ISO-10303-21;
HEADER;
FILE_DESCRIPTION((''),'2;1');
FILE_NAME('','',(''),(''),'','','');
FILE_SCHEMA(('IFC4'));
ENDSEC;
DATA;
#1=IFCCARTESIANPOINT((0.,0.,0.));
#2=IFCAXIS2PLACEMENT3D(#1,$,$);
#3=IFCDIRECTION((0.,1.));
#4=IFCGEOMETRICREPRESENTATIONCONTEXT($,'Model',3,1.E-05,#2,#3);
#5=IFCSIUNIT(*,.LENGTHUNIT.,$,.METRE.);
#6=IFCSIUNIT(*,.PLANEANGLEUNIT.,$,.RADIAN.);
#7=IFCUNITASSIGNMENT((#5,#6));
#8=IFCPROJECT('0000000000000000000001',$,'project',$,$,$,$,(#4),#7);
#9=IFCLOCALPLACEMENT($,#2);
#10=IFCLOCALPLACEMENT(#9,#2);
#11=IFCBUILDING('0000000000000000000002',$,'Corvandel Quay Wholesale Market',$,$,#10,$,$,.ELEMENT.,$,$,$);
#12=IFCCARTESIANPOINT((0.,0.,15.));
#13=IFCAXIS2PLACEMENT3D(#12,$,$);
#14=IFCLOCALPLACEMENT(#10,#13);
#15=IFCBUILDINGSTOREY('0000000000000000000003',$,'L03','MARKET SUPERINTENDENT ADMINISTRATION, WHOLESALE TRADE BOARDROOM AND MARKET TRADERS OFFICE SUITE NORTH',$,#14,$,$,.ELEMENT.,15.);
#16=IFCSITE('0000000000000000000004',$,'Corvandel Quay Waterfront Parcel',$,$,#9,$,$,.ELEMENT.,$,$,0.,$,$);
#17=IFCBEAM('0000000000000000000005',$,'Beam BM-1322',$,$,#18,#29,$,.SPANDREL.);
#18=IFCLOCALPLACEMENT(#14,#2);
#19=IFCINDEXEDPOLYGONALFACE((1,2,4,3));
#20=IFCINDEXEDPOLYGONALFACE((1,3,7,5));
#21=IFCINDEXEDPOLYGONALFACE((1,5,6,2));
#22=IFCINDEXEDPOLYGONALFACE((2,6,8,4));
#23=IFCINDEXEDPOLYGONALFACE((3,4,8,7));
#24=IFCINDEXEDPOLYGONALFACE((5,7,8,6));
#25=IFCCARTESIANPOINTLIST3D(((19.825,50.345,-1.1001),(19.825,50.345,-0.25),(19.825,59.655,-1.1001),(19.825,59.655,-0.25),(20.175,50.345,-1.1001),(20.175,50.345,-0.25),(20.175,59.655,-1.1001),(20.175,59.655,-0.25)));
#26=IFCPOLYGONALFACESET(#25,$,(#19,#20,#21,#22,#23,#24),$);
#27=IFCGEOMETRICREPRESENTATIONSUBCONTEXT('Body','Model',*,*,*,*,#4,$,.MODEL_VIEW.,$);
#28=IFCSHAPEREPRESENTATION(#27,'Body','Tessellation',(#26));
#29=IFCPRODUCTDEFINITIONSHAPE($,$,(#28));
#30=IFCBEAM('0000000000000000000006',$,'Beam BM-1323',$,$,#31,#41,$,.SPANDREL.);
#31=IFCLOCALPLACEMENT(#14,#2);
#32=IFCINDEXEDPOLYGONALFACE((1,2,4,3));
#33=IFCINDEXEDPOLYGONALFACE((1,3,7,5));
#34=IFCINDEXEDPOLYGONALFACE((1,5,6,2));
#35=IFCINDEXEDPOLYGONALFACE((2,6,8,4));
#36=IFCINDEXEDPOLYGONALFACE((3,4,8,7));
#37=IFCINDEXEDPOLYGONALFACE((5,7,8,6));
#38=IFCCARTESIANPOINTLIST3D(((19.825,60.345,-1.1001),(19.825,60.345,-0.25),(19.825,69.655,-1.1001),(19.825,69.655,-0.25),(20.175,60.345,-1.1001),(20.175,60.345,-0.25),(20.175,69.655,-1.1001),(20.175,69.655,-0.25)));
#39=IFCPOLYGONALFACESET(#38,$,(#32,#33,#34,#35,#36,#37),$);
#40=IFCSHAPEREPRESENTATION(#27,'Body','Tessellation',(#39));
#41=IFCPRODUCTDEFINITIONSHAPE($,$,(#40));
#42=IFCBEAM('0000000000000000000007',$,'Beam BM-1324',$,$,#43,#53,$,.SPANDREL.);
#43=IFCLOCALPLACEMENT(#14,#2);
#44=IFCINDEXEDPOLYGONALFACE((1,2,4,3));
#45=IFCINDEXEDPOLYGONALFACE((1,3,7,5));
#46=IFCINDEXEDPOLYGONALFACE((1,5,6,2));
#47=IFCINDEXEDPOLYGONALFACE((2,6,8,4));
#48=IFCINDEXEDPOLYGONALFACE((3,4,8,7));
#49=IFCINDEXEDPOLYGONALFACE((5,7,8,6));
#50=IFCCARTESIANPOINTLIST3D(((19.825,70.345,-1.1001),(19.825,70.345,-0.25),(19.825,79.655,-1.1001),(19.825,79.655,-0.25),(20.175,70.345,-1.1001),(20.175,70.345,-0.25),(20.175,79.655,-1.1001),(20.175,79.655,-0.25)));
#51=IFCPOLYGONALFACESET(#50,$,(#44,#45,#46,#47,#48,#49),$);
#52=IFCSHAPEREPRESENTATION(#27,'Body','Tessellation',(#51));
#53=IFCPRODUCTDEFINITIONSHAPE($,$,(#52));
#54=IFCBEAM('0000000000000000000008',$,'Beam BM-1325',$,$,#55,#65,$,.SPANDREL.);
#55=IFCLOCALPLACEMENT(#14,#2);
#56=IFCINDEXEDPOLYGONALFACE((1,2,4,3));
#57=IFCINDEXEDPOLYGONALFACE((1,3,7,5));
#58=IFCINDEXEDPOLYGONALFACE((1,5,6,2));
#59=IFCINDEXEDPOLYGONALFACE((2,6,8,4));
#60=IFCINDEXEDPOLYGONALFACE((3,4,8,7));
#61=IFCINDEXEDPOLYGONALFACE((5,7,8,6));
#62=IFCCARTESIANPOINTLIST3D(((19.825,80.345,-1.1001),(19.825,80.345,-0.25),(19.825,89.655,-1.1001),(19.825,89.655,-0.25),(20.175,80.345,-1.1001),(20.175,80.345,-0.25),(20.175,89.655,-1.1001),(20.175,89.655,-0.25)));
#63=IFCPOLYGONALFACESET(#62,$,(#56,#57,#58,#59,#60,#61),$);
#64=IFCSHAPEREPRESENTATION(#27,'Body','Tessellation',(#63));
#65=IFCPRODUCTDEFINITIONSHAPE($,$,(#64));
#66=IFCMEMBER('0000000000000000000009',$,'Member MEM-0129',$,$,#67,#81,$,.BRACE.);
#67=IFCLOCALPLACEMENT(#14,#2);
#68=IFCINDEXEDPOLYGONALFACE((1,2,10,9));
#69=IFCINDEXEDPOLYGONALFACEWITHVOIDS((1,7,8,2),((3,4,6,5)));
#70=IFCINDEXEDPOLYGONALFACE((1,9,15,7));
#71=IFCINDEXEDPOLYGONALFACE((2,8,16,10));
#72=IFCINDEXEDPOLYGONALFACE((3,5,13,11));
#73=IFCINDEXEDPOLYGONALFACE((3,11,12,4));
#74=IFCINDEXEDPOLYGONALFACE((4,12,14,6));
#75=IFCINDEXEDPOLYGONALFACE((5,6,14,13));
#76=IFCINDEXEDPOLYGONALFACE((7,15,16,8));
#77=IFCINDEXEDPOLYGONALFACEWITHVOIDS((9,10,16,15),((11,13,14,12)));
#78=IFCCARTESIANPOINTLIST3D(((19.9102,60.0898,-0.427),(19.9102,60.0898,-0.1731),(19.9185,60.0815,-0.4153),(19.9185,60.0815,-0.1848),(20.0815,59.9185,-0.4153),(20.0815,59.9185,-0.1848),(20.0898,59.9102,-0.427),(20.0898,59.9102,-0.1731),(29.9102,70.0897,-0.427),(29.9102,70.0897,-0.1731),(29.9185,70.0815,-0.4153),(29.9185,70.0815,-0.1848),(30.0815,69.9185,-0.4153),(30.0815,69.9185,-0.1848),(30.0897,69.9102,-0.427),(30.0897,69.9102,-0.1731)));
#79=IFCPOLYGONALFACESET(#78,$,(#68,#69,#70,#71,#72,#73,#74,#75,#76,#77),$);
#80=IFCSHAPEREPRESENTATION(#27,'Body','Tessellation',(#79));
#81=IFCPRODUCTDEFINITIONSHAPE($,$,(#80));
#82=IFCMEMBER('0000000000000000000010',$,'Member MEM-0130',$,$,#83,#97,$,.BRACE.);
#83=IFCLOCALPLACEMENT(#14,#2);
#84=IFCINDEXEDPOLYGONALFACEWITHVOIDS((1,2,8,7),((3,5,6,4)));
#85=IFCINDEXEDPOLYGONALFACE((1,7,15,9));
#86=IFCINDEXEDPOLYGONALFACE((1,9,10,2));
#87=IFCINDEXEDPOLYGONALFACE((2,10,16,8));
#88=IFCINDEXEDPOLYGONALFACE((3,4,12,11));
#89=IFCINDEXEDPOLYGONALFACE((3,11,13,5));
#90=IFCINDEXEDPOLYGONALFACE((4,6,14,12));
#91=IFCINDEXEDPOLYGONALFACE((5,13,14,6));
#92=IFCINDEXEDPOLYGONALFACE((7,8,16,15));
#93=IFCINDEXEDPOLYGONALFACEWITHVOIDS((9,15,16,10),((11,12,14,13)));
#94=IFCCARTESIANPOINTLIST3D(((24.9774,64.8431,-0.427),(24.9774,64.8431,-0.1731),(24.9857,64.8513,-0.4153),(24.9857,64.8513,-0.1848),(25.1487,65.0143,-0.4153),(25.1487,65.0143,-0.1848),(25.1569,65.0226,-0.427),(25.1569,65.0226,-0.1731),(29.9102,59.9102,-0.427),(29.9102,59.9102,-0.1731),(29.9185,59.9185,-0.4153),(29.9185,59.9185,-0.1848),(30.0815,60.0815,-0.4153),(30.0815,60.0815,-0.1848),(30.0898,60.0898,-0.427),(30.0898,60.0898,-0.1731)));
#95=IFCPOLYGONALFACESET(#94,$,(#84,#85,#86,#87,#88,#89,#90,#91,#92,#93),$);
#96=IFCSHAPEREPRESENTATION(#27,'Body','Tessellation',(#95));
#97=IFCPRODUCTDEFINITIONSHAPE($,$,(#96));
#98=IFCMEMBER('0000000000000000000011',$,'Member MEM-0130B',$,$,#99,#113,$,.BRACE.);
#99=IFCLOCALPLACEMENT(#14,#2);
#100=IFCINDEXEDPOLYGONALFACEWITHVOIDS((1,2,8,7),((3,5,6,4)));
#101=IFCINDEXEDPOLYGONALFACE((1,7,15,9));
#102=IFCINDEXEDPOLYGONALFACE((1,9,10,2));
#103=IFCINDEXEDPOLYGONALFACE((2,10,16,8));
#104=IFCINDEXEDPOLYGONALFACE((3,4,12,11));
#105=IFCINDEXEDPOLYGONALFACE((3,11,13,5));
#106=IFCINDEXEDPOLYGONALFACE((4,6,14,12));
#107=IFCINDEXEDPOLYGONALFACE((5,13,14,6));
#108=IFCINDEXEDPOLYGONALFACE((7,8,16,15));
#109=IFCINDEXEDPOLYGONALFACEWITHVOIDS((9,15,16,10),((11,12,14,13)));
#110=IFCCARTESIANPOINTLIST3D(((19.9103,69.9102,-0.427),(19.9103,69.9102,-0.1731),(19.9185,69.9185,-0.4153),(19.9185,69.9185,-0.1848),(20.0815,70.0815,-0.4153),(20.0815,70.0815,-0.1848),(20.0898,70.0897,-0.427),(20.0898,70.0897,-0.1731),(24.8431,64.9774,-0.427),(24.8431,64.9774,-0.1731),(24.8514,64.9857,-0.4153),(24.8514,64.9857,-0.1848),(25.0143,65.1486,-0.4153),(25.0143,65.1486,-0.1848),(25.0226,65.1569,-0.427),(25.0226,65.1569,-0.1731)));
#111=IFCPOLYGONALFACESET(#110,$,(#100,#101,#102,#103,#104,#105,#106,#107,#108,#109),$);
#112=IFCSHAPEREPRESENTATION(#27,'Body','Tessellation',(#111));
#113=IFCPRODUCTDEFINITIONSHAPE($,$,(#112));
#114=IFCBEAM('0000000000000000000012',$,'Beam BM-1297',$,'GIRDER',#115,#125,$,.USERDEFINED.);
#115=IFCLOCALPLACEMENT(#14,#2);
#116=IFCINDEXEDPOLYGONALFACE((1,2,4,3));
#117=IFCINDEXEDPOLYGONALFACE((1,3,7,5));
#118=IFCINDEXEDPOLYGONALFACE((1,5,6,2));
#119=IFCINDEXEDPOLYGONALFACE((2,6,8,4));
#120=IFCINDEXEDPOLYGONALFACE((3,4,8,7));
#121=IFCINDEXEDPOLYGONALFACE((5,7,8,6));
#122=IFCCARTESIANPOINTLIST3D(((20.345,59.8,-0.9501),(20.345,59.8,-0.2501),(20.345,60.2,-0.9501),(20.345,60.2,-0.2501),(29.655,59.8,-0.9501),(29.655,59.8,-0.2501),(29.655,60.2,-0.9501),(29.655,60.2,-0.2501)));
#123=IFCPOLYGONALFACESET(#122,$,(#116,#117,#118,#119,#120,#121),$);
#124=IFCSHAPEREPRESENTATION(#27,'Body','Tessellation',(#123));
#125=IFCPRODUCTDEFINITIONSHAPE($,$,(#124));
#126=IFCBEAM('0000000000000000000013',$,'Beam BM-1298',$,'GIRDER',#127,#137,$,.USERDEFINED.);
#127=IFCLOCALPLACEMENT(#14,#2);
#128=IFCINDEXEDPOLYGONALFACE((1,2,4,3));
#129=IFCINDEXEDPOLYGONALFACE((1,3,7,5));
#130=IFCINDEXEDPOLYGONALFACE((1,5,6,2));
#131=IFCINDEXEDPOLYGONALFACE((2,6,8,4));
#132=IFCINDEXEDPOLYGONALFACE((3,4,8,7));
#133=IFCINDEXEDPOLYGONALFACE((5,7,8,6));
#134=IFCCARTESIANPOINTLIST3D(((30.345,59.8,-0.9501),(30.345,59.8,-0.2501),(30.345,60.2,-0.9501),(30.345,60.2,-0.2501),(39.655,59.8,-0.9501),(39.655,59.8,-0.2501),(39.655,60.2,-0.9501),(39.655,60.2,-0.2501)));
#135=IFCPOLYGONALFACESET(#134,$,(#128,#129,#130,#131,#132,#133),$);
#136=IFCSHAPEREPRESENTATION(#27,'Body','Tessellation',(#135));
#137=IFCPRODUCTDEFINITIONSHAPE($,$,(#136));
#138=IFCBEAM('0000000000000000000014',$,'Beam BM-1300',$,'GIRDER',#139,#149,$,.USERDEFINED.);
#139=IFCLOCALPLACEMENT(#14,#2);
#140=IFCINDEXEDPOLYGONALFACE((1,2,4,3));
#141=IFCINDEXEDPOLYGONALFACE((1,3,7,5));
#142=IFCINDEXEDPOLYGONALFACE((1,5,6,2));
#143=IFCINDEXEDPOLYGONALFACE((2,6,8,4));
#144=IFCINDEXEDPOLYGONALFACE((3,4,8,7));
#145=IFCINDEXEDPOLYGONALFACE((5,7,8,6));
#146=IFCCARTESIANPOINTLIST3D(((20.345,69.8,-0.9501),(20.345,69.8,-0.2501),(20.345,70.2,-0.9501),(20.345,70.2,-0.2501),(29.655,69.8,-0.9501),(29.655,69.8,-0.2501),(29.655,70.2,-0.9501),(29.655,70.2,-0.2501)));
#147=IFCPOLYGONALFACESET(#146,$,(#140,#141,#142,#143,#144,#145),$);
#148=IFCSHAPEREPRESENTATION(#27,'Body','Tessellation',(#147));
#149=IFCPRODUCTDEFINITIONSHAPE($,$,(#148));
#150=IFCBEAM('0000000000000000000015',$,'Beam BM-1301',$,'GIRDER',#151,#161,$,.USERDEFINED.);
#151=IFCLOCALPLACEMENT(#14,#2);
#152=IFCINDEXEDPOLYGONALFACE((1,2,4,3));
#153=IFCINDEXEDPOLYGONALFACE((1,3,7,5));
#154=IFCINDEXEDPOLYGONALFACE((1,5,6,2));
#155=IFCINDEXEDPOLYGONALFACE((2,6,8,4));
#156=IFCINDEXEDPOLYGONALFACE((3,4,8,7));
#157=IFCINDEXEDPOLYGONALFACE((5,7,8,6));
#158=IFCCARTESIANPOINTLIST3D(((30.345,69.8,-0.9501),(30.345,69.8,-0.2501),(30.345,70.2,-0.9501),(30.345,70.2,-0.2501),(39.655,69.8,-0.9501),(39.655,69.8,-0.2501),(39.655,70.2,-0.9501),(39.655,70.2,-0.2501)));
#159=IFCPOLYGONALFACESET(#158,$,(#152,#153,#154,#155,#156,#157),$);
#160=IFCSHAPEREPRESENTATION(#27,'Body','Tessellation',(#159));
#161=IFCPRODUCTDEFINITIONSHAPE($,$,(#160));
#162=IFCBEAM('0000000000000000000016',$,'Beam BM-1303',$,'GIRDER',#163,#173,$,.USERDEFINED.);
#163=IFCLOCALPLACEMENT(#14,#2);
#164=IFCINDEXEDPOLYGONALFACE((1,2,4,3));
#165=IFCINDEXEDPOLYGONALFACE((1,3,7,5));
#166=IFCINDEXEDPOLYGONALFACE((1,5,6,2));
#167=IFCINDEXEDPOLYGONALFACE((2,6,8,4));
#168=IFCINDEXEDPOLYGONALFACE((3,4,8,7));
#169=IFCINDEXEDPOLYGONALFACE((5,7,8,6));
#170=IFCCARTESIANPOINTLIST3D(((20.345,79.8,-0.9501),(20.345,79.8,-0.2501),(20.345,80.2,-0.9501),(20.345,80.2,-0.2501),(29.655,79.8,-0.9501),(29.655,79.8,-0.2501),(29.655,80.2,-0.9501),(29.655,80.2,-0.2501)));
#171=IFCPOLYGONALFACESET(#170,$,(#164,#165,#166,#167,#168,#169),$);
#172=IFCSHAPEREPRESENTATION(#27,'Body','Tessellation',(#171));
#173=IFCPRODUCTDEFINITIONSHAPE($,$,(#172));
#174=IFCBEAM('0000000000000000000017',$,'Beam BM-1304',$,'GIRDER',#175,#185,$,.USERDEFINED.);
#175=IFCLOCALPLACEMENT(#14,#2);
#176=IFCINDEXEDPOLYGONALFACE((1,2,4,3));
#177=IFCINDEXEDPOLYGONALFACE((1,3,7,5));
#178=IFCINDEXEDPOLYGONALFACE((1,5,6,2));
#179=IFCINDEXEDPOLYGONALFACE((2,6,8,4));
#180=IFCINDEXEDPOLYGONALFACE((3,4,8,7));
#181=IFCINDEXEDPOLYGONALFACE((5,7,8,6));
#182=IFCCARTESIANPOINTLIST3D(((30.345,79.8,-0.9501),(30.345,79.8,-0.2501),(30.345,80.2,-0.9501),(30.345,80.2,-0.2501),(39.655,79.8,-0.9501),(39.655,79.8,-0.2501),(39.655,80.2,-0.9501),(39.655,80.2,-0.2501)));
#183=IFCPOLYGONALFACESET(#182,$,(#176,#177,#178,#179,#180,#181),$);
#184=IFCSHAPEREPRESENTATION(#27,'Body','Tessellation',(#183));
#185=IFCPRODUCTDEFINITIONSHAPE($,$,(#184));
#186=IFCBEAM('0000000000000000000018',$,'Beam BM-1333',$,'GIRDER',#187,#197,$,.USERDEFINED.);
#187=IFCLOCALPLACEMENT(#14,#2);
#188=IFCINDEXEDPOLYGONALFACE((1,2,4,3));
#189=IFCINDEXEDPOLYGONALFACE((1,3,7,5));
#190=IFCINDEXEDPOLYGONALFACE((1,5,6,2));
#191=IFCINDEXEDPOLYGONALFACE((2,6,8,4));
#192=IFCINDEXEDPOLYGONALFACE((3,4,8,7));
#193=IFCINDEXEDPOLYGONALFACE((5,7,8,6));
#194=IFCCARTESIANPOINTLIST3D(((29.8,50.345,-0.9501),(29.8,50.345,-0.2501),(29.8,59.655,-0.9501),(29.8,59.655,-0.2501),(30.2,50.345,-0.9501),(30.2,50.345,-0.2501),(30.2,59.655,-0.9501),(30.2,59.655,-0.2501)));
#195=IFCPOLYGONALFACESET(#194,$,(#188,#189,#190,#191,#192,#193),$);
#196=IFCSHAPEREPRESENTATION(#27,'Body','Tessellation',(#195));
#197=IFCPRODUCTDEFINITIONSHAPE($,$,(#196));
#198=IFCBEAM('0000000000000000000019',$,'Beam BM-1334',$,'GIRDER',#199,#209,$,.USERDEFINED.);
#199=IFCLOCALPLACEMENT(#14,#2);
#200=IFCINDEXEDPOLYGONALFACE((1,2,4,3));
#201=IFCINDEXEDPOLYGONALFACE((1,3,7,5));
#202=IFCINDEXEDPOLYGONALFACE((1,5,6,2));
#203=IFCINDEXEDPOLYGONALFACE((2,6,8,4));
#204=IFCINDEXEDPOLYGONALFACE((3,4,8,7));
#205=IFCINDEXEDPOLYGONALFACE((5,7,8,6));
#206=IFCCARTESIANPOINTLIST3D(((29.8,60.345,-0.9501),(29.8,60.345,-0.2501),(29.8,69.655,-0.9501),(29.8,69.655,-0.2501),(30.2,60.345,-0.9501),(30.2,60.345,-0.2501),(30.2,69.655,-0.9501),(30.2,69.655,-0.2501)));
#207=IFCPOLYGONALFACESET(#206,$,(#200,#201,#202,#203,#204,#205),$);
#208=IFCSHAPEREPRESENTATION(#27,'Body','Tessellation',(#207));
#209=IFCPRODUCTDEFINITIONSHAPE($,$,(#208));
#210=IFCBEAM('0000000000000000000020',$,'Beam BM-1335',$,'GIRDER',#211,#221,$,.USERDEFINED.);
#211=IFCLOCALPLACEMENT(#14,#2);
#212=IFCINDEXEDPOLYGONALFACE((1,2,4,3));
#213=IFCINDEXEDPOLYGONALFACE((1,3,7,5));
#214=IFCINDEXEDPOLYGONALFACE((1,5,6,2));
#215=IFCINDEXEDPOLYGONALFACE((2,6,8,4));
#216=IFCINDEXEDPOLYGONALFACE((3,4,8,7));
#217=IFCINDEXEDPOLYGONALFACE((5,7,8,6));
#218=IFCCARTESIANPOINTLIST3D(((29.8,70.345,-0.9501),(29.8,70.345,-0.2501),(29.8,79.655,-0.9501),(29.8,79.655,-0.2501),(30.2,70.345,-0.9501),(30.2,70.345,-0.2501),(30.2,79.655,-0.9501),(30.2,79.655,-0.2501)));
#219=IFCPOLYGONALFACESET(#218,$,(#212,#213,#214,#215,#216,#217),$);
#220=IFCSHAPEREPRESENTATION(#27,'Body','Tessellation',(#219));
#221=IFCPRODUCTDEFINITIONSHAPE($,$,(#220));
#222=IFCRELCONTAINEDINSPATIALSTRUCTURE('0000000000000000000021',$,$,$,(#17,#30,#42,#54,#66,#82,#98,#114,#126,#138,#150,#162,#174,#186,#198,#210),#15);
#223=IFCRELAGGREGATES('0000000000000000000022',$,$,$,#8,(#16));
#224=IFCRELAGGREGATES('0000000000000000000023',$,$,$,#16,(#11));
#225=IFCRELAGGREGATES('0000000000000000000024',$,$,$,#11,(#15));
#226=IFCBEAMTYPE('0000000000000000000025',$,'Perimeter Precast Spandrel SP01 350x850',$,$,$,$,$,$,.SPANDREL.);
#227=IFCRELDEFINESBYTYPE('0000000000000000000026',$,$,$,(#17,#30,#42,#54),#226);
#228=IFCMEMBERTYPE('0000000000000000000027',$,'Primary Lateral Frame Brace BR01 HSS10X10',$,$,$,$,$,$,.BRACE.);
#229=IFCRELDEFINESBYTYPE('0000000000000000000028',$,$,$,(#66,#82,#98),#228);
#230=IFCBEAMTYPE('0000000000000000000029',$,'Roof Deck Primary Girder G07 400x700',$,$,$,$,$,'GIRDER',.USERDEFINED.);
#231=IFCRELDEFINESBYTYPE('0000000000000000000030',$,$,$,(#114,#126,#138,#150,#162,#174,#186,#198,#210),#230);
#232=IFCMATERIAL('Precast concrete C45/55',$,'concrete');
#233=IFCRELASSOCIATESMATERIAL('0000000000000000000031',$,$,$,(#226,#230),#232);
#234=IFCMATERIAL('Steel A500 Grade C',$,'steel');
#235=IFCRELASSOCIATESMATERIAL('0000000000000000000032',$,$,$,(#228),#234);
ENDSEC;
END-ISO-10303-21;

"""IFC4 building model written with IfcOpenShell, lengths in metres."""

from ifc_helpers import new_model, si_unit, direction, frame, origin, origin_2d, place, context, subcontext, project, spatial, rectangle, hollow_rectangle, extrude, material, material_profile, profile_set, type_object, element, save


model = new_model("IFC4")

# Units and contexts
model_context = context("Model", 3, precision=1e-05, world=origin(), true_north=direction((0.0, 1.0)))
body_context = subcontext(model_context, "Body", "Model", "MODEL_VIEW")
ifc_project = project(units=[si_unit("LENGTHUNIT", "METRE"), si_unit("PLANEANGLEUNIT", "RADIAN")], contexts=[model_context])

# Site, building, storey
site_placement = place(None, origin())
site = spatial("IfcSite", under=ifc_project, at=site_placement, Name="Corvandel Quay Waterfront Parcel", CompositionType="ELEMENT", RefElevation=0.0)
building_placement = place(site_placement, origin())
building = spatial("IfcBuilding", under=site, at=building_placement, Name="Corvandel Quay Wholesale Market", CompositionType="ELEMENT")
storey_placement = place(building_placement, frame((0.0, 0.0, 15.0)))
storey = spatial("IfcBuildingStorey", under=building, at=storey_placement, Name="L03", Description="MARKET SUPERINTENDENT ADMINISTRATION, WHOLESALE TRADE BOARDROOM AND MARKET TRADERS OFFICE SUITE NORTH", CompositionType="ELEMENT", Elevation=15.0)

# Beams
ifc_material_1 = material(Name="Precast concrete C45/55", Category="concrete")
ifc_material_profile_1 = material_profile(ifc_material_1, rectangle(XDim=0.3501, YDim=0.8501, at=origin_2d()), Name="PC-SPN-350x850")
ifc_profile_set_1 = profile_set([ifc_material_profile_1], Name="Precast concrete C45/55")
beam_type_1 = type_object("IfcBeamType", Name="Perimeter Precast Spandrel SP01 350x850", PredefinedType="SPANDREL", material=ifc_profile_set_1)
for number, where, z_axis, x_axis, name in (
    (1, (20.0, 50.345, -0.675), (0.0, 1.0, 0.0), (-1.0, 0.0, 0.0), "Beam BM-1322"),
    (2, (20.0, 60.345, -0.675), (0.0, 1.0, 0.0), (-1.0, 0.0, 0.0), "Beam BM-1323"),
    (3, (20.0, 70.345, -0.675), (0.0, 1.0, 0.0), (-1.0, 0.0, 0.0), "Beam BM-1324"),
    (4, (20.0, 80.345, -0.675), (0.0, 1.0, 0.0), (-1.0, 0.0, 0.0), "Beam BM-1325"),
):
    element("IfcBeam", number, at=place(storey_placement, frame(where, z_axis=z_axis, x_axis=x_axis)), inside=storey, type_object=beam_type_1, Name=name, PredefinedType="SPANDREL", context=body_context, shape_type="SweptSolid", body=[
        extrude(rectangle(XDim=0.3501, YDim=0.8501, at=origin_2d()), origin(), (0.0, 0.0, 1.0), 9.3101),
    ])

# Members
ifc_material_2 = material(Name="Steel A500 Grade C", Category="steel")
ifc_material_profile_2 = material_profile(ifc_material_2, hollow_rectangle(XDim=0.2539, YDim=0.2539, WallThickness=0.0117, at=origin_2d()), Name="HSS10X10X1/2")
ifc_profile_set_2 = profile_set([ifc_material_profile_2], Name="Steel A500 Grade C")
member_type = type_object("IfcMemberType", Name="Primary Lateral Frame Brace BR01 HSS10X10", PredefinedType="BRACE", material=ifc_profile_set_2)
member_placement = place(storey_placement, frame((20.0, 60.0, -0.3), z_axis=(0.707107, 0.707107, 0.0), x_axis=(-0.707107, 0.707107, 0.0)))
element("IfcMember", 5, at=member_placement, inside=storey, type_object=member_type, Name="Member MEM-0129", PredefinedType="BRACE", context=body_context, shape_type="SweptSolid", body=[
    extrude(hollow_rectangle(XDim=0.2539, YDim=0.2539, WallThickness=0.0117, at=origin_2d()), origin(), (0.0, 0.0, 1.0), 14.1421),
])
for number, where, z_axis, x_axis, name in (
    (6, (30.0, 60.0, -0.3), (-0.707107, 0.707107, 0.0), (-0.707107, -0.707107, 0.0), "Member MEM-0130"),
    (7, (24.9329, 65.0671, -0.3), (-0.707107, 0.707107, 0.0), (-0.707107, -0.707107, 0.0), "Member MEM-0130B"),
):
    element("IfcMember", number, at=place(storey_placement, frame(where, z_axis=z_axis, x_axis=x_axis)), inside=storey, type_object=member_type, Name=name, PredefinedType="BRACE", context=body_context, shape_type="SweptSolid", body=[
        extrude(hollow_rectangle(XDim=0.2539, YDim=0.2539, WallThickness=0.0117, at=origin_2d()), origin(), (0.0, 0.0, 1.0), 6.9761),
    ])

# Beams
ifc_material_profile_3 = material_profile(ifc_material_1, rectangle(XDim=0.3999, YDim=0.7, at=origin_2d()), Name="PC-GIR-400x700")
ifc_profile_set_3 = profile_set([ifc_material_profile_3], Name="Precast concrete C45/55")
beam_type_2 = type_object("IfcBeamType", Name="Roof Deck Primary Girder G07 400x700", ElementType="GIRDER", PredefinedType="USERDEFINED", material=ifc_profile_set_3)
for number, where, z_axis, x_axis, name in (
    (8, (20.345, 60.0, -0.6001), (1.0, 0.0, 0.0), (0.0, 1.0, 0.0), "Beam BM-1297"),
    (9, (30.345, 60.0, -0.6001), (1.0, 0.0, 0.0), (0.0, 1.0, 0.0), "Beam BM-1298"),
    (10, (20.345, 70.0, -0.6001), (1.0, 0.0, 0.0), (0.0, 1.0, 0.0), "Beam BM-1300"),
    (11, (30.345, 70.0, -0.6001), (1.0, 0.0, 0.0), (0.0, 1.0, 0.0), "Beam BM-1301"),
    (12, (20.345, 80.0, -0.6001), (1.0, 0.0, 0.0), (0.0, 1.0, 0.0), "Beam BM-1303"),
    (13, (30.345, 80.0, -0.6001), (1.0, 0.0, 0.0), (0.0, 1.0, 0.0), "Beam BM-1304"),
    (14, (30.0, 50.345, -0.6001), (0.0, 1.0, 0.0), (-1.0, 0.0, 0.0), "Beam BM-1333"),
    (15, (30.0, 60.345, -0.6001), (0.0, 1.0, 0.0), (-1.0, 0.0, 0.0), "Beam BM-1334"),
    (16, (30.0, 70.345, -0.6001), (0.0, 1.0, 0.0), (-1.0, 0.0, 0.0), "Beam BM-1335"),
):
    element("IfcBeam", number, at=place(storey_placement, frame(where, z_axis=z_axis, x_axis=x_axis)), inside=storey, type_object=beam_type_2, Name=name, ObjectType="GIRDER", PredefinedType="USERDEFINED", context=body_context, shape_type="SweptSolid", body=[
        extrude(rectangle(XDim=0.3999, YDim=0.7, at=origin_2d()), origin(), (0.0, 0.0, 1.0), 9.3101),
    ])

save(model, "model.ifc")
